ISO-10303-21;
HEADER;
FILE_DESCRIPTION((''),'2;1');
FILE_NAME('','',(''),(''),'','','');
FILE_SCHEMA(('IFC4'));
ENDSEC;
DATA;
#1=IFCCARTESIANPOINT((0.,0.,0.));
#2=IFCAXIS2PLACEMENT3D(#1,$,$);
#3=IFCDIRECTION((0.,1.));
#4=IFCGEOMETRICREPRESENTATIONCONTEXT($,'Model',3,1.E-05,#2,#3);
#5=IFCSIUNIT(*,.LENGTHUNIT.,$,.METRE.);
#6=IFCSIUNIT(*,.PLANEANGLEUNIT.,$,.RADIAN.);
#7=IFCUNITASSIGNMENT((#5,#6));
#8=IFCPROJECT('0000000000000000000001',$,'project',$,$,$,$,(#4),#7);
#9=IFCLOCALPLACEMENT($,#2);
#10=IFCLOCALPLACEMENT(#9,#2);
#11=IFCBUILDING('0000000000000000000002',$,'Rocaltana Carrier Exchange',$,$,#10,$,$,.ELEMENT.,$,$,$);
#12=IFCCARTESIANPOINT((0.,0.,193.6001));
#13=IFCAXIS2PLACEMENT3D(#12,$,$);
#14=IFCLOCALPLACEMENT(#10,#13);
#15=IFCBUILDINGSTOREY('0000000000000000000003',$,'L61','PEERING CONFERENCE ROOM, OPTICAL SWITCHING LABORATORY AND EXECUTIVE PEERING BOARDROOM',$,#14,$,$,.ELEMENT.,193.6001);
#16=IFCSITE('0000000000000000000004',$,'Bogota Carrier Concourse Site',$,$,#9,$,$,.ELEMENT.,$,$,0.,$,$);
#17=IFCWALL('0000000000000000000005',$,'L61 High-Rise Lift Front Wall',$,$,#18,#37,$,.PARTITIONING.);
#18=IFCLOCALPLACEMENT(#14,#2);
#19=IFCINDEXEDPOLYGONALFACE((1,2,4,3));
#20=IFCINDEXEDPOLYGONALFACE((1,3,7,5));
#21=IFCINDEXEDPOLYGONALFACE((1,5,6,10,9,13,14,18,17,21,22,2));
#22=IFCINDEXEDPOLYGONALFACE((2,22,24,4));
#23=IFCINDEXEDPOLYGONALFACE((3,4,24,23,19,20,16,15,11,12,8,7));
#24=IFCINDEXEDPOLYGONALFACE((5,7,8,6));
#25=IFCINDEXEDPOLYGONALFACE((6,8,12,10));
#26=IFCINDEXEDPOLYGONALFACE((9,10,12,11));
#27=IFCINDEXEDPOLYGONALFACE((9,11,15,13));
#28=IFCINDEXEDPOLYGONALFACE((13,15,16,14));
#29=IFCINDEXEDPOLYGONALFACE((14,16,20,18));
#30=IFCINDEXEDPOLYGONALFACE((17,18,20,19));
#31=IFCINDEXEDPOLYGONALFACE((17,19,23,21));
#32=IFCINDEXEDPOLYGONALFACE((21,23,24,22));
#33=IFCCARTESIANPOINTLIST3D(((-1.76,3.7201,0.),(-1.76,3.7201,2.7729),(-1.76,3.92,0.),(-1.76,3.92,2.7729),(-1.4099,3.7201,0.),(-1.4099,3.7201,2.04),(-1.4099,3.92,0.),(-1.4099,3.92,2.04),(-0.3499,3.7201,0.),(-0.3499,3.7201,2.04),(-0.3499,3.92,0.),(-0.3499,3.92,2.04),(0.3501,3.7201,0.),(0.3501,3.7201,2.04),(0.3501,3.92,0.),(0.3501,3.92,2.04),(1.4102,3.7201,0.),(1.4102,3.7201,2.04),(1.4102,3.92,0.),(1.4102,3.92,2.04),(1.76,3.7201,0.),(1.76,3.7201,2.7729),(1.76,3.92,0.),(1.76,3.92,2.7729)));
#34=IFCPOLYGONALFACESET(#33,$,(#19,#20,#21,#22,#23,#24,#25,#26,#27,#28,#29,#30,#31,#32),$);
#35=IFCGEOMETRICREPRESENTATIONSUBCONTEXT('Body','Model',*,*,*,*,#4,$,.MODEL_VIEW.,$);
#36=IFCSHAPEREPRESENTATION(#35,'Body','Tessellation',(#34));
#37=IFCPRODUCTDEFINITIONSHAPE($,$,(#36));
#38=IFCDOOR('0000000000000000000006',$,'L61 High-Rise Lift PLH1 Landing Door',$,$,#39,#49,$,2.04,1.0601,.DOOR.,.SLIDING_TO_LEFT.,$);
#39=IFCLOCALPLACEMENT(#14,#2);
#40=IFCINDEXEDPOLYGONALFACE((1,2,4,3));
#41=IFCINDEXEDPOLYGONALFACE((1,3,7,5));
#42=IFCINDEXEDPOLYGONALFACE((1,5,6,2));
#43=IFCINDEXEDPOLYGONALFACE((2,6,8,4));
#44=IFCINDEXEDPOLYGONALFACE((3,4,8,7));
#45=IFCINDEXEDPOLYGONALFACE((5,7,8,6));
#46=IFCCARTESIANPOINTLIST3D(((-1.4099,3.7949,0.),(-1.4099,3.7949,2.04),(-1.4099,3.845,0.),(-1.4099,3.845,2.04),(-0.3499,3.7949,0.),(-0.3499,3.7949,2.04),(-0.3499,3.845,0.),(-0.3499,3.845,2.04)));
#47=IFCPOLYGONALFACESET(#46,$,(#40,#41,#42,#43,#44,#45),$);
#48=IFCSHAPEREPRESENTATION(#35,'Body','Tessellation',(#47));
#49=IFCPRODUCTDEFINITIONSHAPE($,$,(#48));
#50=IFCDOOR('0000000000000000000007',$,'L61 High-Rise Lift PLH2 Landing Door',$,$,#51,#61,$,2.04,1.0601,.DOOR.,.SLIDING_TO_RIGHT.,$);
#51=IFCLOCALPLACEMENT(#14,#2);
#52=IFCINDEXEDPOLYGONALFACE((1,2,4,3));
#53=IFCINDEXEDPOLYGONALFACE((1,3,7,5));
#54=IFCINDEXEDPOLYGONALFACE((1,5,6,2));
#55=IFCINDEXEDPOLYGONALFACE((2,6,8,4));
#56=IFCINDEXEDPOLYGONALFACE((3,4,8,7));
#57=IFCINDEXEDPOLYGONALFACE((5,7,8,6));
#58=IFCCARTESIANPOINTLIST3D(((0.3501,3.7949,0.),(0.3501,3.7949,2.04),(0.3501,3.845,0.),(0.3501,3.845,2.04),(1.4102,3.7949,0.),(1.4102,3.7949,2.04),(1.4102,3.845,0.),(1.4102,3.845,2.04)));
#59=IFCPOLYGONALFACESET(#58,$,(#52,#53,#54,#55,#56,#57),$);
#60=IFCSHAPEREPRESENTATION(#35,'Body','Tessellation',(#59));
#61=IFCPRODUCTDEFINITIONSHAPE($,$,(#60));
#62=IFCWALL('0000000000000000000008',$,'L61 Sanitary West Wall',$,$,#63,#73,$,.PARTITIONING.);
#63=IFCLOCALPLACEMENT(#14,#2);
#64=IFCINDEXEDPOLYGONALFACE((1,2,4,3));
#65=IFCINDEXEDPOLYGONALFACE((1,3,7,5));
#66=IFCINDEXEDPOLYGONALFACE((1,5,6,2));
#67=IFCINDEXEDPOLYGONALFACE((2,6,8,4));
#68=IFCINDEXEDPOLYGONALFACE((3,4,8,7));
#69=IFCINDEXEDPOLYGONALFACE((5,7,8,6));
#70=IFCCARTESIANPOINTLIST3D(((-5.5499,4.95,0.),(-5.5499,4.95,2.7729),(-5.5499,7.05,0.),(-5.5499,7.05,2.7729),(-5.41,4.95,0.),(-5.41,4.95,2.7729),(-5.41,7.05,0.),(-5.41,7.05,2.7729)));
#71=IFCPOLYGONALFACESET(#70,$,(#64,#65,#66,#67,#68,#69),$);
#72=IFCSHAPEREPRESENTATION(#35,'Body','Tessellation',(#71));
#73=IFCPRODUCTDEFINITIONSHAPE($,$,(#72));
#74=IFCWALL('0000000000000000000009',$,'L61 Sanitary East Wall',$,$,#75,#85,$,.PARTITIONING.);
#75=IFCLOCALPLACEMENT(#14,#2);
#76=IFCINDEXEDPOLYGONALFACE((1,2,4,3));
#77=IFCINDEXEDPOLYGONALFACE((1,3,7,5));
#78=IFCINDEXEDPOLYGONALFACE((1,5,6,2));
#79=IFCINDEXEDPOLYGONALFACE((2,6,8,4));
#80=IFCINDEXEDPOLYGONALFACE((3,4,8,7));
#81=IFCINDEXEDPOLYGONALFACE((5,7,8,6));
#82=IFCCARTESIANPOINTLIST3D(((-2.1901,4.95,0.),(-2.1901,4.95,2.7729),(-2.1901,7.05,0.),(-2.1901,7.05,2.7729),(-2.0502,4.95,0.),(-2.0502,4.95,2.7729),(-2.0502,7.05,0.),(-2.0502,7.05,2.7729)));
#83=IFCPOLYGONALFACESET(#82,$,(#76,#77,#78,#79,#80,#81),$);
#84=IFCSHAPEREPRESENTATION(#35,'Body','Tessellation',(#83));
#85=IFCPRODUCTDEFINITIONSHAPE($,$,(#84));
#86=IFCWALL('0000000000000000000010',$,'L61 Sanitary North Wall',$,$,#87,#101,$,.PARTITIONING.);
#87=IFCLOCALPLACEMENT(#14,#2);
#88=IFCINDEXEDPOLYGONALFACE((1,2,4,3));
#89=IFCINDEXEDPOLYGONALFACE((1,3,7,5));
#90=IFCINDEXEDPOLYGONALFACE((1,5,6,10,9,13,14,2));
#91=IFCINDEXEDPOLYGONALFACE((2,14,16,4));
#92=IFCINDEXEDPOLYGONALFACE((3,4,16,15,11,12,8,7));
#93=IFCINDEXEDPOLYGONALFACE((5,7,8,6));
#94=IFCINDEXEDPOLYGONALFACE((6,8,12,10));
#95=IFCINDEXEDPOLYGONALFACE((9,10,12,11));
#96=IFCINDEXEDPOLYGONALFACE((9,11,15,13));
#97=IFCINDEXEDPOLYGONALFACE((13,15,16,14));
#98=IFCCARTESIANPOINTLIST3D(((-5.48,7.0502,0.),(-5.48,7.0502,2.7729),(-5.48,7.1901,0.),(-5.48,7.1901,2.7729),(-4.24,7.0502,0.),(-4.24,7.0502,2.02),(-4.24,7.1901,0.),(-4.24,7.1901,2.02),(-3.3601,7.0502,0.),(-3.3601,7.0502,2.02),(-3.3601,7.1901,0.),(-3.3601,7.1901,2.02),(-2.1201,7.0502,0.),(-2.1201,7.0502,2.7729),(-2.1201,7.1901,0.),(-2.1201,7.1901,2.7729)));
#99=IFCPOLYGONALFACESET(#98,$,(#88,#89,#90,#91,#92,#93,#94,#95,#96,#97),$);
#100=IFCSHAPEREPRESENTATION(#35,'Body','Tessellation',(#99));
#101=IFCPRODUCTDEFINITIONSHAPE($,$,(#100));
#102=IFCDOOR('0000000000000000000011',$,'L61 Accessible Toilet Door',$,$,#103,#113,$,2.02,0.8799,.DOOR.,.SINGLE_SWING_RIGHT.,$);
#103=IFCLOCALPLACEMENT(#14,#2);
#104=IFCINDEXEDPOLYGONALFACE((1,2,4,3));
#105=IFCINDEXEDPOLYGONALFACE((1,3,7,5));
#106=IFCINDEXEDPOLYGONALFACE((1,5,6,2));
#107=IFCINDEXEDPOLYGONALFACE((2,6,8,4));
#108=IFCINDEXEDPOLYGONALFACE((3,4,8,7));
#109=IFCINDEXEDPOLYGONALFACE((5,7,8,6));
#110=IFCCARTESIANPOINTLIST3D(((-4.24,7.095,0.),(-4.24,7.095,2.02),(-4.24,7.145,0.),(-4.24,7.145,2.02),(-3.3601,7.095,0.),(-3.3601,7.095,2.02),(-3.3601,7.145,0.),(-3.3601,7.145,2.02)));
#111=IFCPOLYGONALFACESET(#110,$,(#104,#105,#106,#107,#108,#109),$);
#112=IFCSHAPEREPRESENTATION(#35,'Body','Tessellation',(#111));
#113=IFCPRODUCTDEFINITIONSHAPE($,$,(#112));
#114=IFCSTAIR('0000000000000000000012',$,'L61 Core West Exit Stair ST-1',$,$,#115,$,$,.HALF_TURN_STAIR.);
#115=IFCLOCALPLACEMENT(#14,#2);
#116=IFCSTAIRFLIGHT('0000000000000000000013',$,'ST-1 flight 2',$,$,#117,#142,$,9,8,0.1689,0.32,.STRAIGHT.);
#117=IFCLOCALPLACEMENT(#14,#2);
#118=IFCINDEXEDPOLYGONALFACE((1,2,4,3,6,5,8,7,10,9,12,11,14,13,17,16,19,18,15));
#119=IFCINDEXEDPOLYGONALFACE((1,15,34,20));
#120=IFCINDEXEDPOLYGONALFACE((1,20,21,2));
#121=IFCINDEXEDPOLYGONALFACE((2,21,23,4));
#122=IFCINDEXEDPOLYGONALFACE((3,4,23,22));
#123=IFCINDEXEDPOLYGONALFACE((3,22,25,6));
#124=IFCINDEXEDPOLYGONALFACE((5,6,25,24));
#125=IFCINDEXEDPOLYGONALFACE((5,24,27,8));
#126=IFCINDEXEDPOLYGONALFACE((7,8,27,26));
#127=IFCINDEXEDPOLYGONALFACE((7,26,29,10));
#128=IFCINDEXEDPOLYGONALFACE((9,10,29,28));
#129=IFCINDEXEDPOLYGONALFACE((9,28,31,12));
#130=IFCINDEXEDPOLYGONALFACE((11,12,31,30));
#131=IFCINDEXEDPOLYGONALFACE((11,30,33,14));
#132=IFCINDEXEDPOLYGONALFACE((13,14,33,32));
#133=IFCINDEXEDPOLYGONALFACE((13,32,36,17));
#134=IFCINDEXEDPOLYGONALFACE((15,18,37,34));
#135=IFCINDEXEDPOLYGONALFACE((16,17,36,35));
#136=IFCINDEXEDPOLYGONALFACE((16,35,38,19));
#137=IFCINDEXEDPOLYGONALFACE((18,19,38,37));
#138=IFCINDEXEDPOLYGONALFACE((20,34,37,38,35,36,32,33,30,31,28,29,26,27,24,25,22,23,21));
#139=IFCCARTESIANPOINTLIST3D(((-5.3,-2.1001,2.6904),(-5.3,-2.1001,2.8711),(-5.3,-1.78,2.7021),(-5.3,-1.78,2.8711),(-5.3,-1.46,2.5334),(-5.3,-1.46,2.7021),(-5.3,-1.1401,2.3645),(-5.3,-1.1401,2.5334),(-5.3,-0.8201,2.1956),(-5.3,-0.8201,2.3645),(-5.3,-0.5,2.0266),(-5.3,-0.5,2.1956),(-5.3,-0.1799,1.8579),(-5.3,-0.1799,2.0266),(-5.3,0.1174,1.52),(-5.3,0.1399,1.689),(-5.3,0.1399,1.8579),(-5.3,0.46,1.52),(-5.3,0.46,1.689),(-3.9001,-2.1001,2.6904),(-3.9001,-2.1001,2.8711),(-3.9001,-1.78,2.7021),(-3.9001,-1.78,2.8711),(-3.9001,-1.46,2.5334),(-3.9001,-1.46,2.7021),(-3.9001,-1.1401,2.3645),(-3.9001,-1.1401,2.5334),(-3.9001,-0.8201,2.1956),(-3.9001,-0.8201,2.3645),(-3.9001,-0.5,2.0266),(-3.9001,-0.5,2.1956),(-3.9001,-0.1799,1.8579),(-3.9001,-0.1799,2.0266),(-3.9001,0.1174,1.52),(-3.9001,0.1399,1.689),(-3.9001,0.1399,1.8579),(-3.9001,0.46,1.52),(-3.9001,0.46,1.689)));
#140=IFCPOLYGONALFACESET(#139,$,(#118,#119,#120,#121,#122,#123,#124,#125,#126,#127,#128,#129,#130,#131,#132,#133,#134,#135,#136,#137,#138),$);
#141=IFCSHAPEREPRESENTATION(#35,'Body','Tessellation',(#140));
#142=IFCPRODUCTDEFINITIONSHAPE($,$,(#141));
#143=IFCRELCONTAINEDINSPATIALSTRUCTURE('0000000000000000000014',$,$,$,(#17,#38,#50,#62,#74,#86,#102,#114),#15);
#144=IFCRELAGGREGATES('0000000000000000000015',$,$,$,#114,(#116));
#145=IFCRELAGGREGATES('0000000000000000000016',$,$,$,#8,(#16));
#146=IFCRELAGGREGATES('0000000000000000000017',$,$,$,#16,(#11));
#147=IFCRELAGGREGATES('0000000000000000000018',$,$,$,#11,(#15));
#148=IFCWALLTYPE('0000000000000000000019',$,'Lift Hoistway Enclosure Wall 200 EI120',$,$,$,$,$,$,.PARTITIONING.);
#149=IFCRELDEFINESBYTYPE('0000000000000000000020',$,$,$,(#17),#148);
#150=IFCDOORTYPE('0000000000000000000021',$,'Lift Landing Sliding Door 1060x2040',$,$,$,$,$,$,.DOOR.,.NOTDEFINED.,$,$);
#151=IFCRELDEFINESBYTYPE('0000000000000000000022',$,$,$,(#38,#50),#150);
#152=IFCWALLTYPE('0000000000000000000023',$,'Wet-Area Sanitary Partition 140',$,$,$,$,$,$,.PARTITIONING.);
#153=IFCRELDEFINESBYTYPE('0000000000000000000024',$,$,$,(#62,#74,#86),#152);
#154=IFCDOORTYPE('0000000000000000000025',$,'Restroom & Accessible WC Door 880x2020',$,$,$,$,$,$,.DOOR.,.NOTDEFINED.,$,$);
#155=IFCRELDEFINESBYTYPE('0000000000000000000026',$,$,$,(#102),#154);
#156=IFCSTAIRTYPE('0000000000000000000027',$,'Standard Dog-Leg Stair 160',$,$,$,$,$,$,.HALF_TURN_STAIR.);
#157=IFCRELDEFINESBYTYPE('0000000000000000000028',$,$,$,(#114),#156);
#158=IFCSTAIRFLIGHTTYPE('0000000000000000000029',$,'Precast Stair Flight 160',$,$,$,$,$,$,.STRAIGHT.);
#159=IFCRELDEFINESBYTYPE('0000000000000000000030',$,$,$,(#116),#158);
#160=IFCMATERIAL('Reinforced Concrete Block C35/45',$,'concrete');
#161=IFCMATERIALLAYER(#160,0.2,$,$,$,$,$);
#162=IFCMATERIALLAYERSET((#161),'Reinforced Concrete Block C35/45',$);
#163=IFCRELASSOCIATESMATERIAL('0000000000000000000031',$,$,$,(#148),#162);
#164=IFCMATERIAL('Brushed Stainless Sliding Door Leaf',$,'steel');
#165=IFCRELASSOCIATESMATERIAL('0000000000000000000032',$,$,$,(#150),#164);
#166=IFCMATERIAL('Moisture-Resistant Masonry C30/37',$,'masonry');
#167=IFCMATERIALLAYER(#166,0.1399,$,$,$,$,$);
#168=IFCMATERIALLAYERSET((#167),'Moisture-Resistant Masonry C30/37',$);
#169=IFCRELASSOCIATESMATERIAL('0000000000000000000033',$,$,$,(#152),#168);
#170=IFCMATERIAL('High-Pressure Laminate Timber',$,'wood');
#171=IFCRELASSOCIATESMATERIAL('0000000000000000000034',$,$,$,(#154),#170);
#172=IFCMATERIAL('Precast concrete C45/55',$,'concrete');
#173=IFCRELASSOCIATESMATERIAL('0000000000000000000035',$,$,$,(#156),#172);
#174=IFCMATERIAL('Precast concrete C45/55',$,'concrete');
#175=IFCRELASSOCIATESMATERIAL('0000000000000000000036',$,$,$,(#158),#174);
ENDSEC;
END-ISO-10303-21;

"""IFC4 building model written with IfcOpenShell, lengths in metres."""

from ifc_helpers import new_model, si_unit, direction, frame, frame_2d, origin, place, context, subcontext, project, spatial, polyline, rectangle, outline, extrude, material, layer, layer_set, type_object, element, fill, aggregate, save


model = new_model("IFC4")

# Units and contexts
model_context = context("Model", 3, precision=1e-05, world=origin(), true_north=direction((0.0, 1.0)))
body_context = subcontext(model_context, "Body", "Model", "MODEL_VIEW")
ifc_project = project(units=[si_unit("LENGTHUNIT", "METRE"), si_unit("PLANEANGLEUNIT", "RADIAN")], contexts=[model_context])

# Site, building, storey
site_placement = place(None, origin())
site = spatial("IfcSite", under=ifc_project, at=site_placement, Name="Bogota Carrier Concourse Site", CompositionType="ELEMENT", RefElevation=0.0)
building_placement = place(site_placement, origin())
building = spatial("IfcBuilding", under=site, at=building_placement, Name="Rocaltana Carrier Exchange", CompositionType="ELEMENT")
storey_placement = place(building_placement, frame((0.0, 0.0, 193.6001)))
storey = spatial("IfcBuildingStorey", under=building, at=storey_placement, Name="L61", Description="PEERING CONFERENCE ROOM, OPTICAL SWITCHING LABORATORY AND EXECUTIVE PEERING BOARDROOM", CompositionType="ELEMENT", Elevation=193.6001)

# Shared definitions
ifc_material_1 = material(Name="Reinforced Concrete Block C35/45", Category="concrete")
ifc_layer_1 = layer(ifc_material_1, 0.2)
ifc_layer_set_1 = layer_set([ifc_layer_1], Name="Reinforced Concrete Block C35/45")
wall_type_1 = type_object("IfcWallType", Name="Lift Hoistway Enclosure Wall 200 EI120", PredefinedType="PARTITIONING", material=ifc_layer_set_1)

# Wall, openings, doors
wall_1_placement = place(storey_placement, frame((-1.76, 3.8201, 0.0), z_axis=(0.0, 0.0, 1.0), x_axis=(1.0, 0.0, 0.0)))
wall_1 = element("IfcWall", 1, at=wall_1_placement, inside=storey, type_object=wall_type_1, Name="L61 High-Rise Lift Front Wall", PredefinedType="PARTITIONING", context=body_context, shape_type="SweptSolid", body=[
    extrude(rectangle(XDim=3.52, YDim=0.2, at=frame_2d((1.76, 0.0))), origin(), (0.0, 0.0, 1.0), 2.7729),
])
opening_1_placement = place(wall_1_placement, frame((0.3501, 0.0, 0.0)))
opening_1 = element("IfcOpeningElement", 2, at=opening_1_placement, cuts=wall_1, PredefinedType="OPENING", context=body_context, shape_type="SweptSolid", body=[
    extrude(rectangle(XDim=1.0601, YDim=2.04, at=frame_2d((0.53, 1.02))), frame((0.0, 0.1099, 0.0), z_axis=(0.0, -1.0, 0.0), x_axis=(1.0, 0.0, 0.0)), (0.0, 0.0, 1.0), 0.22),
])
opening_2_placement = place(wall_1_placement, frame((2.1101, 0.0, 0.0)))
opening_2 = element("IfcOpeningElement", 3, at=opening_2_placement, cuts=wall_1, PredefinedType="OPENING", context=body_context, shape_type="SweptSolid", body=[
    extrude(rectangle(XDim=1.0601, YDim=2.04, at=frame_2d((0.53, 1.02))), frame((0.0, 0.1099, 0.0), z_axis=(0.0, -1.0, 0.0), x_axis=(1.0, 0.0, 0.0)), (0.0, 0.0, 1.0), 0.22),
])
ifc_material_2 = material(Name="Brushed Stainless Sliding Door Leaf", Category="steel")
door_type_1 = type_object("IfcDoorType", Name="Lift Landing Sliding Door 1060x2040", OperationType="NOTDEFINED", PredefinedType="DOOR", material=ifc_material_2)
door_1_placement = place(opening_1_placement, origin())
door_1 = element("IfcDoor", 4, at=door_1_placement, inside=storey, type_object=door_type_1, Name="L61 High-Rise Lift PLH1 Landing Door", OperationType="SLIDING_TO_LEFT", OverallHeight=2.04, OverallWidth=1.0601, PredefinedType="DOOR", context=body_context, shape_type="SweptSolid", body=[
    extrude(rectangle(XDim=1.0601, YDim=2.04, at=frame_2d((0.53, 1.02))), frame((0.0, 0.0249, 0.0), z_axis=(0.0, -1.0, 0.0), x_axis=(1.0, 0.0, 0.0)), (0.0, 0.0, 1.0), 0.05),
])
fill(opening_1, door_1)
door_2_placement = place(opening_2_placement, origin())
door_2 = element("IfcDoor", 5, at=door_2_placement, inside=storey, type_object=door_type_1, Name="L61 High-Rise Lift PLH2 Landing Door", OperationType="SLIDING_TO_RIGHT", OverallHeight=2.04, OverallWidth=1.0601, PredefinedType="DOOR", context=body_context, shape_type="SweptSolid", body=[
    extrude(rectangle(XDim=1.0601, YDim=2.04, at=frame_2d((0.53, 1.02))), frame((0.0, 0.0249, 0.0), z_axis=(0.0, -1.0, 0.0), x_axis=(1.0, 0.0, 0.0)), (0.0, 0.0, 1.0), 0.05),
])
fill(opening_2, door_2)

# Walls
ifc_material_3 = material(Name="Moisture-Resistant Masonry C30/37", Category="masonry")
ifc_layer_2 = layer(ifc_material_3, 0.1399)
ifc_layer_set_2 = layer_set([ifc_layer_2], Name="Moisture-Resistant Masonry C30/37")
wall_type_2 = type_object("IfcWallType", Name="Wet-Area Sanitary Partition 140", PredefinedType="PARTITIONING", material=ifc_layer_set_2)
for number, where, z_axis, x_axis, name in (
    (6, (-5.48, 4.95, 0.0), (0.0, 0.0, 1.0), (0.0, 1.0, 0.0), "L61 Sanitary West Wall"),
    (7, (-2.1201, 4.95, 0.0), (0.0, 0.0, 1.0), (0.0, 1.0, 0.0), "L61 Sanitary East Wall"),
):
    element("IfcWall", number, at=place(storey_placement, frame(where, z_axis=z_axis, x_axis=x_axis)), inside=storey, type_object=wall_type_2, Name=name, PredefinedType="PARTITIONING", context=body_context, shape_type="SweptSolid", body=[
        extrude(rectangle(XDim=2.1001, YDim=0.1399, at=frame_2d((1.05, 0.0))), origin(), (0.0, 0.0, 1.0), 2.7729),
    ])

# Wall, opening, door
wall_2_placement = place(storey_placement, frame((-5.48, 7.1201, 0.0), z_axis=(0.0, 0.0, 1.0), x_axis=(1.0, 0.0, 0.0)))
wall_2 = element("IfcWall", 8, at=wall_2_placement, inside=storey, type_object=wall_type_2, Name="L61 Sanitary North Wall", PredefinedType="PARTITIONING", context=body_context, shape_type="SweptSolid", body=[
    extrude(rectangle(XDim=3.3599, YDim=0.1399, at=frame_2d((1.6799, 0.0))), origin(), (0.0, 0.0, 1.0), 2.7729),
])
opening_3_placement = place(wall_2_placement, frame((1.24, 0.0, 0.0)))
opening_3 = element("IfcOpeningElement", 9, at=opening_3_placement, cuts=wall_2, PredefinedType="OPENING", context=body_context, shape_type="SweptSolid", body=[
    extrude(rectangle(XDim=0.8799, YDim=2.02, at=frame_2d((0.4399, 1.01))), frame((0.0, 0.0798, 0.0), z_axis=(0.0, -1.0, 0.0), x_axis=(1.0, 0.0, 0.0)), (0.0, 0.0, 1.0), 0.1599),
])
ifc_material_4 = material(Name="High-Pressure Laminate Timber", Category="wood")
door_type_2 = type_object("IfcDoorType", Name="Restroom & Accessible WC Door 880x2020", OperationType="NOTDEFINED", PredefinedType="DOOR", material=ifc_material_4)
door_3_placement = place(opening_3_placement, origin())
door_3 = element("IfcDoor", 10, at=door_3_placement, inside=storey, type_object=door_type_2, Name="L61 Accessible Toilet Door", OperationType="SINGLE_SWING_RIGHT", OverallHeight=2.02, OverallWidth=0.8799, PredefinedType="DOOR", context=body_context, shape_type="SweptSolid", body=[
    extrude(rectangle(XDim=0.8799, YDim=2.02, at=frame_2d((0.4399, 1.01))), frame((0.0, 0.0249, 0.0), z_axis=(0.0, -1.0, 0.0), x_axis=(1.0, 0.0, 0.0)), (0.0, 0.0, 1.0), 0.05),
])
fill(opening_3, door_3)

# Stair, stair flight
ifc_material_5 = material(Name="Precast concrete C45/55", Category="concrete")
stair_type = type_object("IfcStairType", Name="Standard Dog-Leg Stair 160", PredefinedType="HALF_TURN_STAIR", material=ifc_material_5)
stair_placement = place(storey_placement, origin())
stair = element("IfcStair", 11, at=stair_placement, inside=storey, type_object=stair_type, Name="L61 Core West Exit Stair ST-1", PredefinedType="HALF_TURN_STAIR")
ifc_material_6 = material(Name="Precast concrete C45/55", Category="concrete")
stair_flight_type = type_object("IfcStairFlightType", Name="Precast Stair Flight 160", PredefinedType="STRAIGHT", material=ifc_material_6)
stair_flight_placement = place(storey_placement, frame((-4.6001, 0.46, 1.52), z_axis=(0.0, 0.0, 1.0), x_axis=(0.0, -1.0, 0.0)))
stair_flight = element("IfcStairFlight", 12, at=stair_flight_placement, type_object=stair_flight_type, Name="ST-1 flight 2", NumberOfRisers=9, NumberOfTreads=8, PredefinedType="STRAIGHT", RiserHeight=0.1689, TreadLength=0.32, context=body_context, shape_type="SweptSolid", body=[
    extrude(outline(polyline([(0.0, 0.0), (0.0, 0.1689), (0.3201, 0.1689), (0.3201, 0.3379), (0.6399, 0.3379), (0.6399, 0.5066), (0.96, 0.5066), (0.96, 0.6755), (1.28, 0.6755), (1.28, 0.8445), (1.6001, 0.8445), (1.6001, 1.0134), (1.9199, 1.0134), (1.9199, 1.1821), (2.24, 1.1821), (2.24, 1.3511), (2.5601, 1.3511), (2.5601, 1.52), (2.5601, 1.1704), (0.3425, 0.0), (0.0, 0.0)])), frame((0.0, 0.7, 0.0), z_axis=(0.0, -1.0, 0.0), x_axis=(1.0, 0.0, 0.0)), (0.0, 0.0, 1.0), 1.3999),
])
aggregate(stair, [stair_flight])

save(model, "model.ifc")
